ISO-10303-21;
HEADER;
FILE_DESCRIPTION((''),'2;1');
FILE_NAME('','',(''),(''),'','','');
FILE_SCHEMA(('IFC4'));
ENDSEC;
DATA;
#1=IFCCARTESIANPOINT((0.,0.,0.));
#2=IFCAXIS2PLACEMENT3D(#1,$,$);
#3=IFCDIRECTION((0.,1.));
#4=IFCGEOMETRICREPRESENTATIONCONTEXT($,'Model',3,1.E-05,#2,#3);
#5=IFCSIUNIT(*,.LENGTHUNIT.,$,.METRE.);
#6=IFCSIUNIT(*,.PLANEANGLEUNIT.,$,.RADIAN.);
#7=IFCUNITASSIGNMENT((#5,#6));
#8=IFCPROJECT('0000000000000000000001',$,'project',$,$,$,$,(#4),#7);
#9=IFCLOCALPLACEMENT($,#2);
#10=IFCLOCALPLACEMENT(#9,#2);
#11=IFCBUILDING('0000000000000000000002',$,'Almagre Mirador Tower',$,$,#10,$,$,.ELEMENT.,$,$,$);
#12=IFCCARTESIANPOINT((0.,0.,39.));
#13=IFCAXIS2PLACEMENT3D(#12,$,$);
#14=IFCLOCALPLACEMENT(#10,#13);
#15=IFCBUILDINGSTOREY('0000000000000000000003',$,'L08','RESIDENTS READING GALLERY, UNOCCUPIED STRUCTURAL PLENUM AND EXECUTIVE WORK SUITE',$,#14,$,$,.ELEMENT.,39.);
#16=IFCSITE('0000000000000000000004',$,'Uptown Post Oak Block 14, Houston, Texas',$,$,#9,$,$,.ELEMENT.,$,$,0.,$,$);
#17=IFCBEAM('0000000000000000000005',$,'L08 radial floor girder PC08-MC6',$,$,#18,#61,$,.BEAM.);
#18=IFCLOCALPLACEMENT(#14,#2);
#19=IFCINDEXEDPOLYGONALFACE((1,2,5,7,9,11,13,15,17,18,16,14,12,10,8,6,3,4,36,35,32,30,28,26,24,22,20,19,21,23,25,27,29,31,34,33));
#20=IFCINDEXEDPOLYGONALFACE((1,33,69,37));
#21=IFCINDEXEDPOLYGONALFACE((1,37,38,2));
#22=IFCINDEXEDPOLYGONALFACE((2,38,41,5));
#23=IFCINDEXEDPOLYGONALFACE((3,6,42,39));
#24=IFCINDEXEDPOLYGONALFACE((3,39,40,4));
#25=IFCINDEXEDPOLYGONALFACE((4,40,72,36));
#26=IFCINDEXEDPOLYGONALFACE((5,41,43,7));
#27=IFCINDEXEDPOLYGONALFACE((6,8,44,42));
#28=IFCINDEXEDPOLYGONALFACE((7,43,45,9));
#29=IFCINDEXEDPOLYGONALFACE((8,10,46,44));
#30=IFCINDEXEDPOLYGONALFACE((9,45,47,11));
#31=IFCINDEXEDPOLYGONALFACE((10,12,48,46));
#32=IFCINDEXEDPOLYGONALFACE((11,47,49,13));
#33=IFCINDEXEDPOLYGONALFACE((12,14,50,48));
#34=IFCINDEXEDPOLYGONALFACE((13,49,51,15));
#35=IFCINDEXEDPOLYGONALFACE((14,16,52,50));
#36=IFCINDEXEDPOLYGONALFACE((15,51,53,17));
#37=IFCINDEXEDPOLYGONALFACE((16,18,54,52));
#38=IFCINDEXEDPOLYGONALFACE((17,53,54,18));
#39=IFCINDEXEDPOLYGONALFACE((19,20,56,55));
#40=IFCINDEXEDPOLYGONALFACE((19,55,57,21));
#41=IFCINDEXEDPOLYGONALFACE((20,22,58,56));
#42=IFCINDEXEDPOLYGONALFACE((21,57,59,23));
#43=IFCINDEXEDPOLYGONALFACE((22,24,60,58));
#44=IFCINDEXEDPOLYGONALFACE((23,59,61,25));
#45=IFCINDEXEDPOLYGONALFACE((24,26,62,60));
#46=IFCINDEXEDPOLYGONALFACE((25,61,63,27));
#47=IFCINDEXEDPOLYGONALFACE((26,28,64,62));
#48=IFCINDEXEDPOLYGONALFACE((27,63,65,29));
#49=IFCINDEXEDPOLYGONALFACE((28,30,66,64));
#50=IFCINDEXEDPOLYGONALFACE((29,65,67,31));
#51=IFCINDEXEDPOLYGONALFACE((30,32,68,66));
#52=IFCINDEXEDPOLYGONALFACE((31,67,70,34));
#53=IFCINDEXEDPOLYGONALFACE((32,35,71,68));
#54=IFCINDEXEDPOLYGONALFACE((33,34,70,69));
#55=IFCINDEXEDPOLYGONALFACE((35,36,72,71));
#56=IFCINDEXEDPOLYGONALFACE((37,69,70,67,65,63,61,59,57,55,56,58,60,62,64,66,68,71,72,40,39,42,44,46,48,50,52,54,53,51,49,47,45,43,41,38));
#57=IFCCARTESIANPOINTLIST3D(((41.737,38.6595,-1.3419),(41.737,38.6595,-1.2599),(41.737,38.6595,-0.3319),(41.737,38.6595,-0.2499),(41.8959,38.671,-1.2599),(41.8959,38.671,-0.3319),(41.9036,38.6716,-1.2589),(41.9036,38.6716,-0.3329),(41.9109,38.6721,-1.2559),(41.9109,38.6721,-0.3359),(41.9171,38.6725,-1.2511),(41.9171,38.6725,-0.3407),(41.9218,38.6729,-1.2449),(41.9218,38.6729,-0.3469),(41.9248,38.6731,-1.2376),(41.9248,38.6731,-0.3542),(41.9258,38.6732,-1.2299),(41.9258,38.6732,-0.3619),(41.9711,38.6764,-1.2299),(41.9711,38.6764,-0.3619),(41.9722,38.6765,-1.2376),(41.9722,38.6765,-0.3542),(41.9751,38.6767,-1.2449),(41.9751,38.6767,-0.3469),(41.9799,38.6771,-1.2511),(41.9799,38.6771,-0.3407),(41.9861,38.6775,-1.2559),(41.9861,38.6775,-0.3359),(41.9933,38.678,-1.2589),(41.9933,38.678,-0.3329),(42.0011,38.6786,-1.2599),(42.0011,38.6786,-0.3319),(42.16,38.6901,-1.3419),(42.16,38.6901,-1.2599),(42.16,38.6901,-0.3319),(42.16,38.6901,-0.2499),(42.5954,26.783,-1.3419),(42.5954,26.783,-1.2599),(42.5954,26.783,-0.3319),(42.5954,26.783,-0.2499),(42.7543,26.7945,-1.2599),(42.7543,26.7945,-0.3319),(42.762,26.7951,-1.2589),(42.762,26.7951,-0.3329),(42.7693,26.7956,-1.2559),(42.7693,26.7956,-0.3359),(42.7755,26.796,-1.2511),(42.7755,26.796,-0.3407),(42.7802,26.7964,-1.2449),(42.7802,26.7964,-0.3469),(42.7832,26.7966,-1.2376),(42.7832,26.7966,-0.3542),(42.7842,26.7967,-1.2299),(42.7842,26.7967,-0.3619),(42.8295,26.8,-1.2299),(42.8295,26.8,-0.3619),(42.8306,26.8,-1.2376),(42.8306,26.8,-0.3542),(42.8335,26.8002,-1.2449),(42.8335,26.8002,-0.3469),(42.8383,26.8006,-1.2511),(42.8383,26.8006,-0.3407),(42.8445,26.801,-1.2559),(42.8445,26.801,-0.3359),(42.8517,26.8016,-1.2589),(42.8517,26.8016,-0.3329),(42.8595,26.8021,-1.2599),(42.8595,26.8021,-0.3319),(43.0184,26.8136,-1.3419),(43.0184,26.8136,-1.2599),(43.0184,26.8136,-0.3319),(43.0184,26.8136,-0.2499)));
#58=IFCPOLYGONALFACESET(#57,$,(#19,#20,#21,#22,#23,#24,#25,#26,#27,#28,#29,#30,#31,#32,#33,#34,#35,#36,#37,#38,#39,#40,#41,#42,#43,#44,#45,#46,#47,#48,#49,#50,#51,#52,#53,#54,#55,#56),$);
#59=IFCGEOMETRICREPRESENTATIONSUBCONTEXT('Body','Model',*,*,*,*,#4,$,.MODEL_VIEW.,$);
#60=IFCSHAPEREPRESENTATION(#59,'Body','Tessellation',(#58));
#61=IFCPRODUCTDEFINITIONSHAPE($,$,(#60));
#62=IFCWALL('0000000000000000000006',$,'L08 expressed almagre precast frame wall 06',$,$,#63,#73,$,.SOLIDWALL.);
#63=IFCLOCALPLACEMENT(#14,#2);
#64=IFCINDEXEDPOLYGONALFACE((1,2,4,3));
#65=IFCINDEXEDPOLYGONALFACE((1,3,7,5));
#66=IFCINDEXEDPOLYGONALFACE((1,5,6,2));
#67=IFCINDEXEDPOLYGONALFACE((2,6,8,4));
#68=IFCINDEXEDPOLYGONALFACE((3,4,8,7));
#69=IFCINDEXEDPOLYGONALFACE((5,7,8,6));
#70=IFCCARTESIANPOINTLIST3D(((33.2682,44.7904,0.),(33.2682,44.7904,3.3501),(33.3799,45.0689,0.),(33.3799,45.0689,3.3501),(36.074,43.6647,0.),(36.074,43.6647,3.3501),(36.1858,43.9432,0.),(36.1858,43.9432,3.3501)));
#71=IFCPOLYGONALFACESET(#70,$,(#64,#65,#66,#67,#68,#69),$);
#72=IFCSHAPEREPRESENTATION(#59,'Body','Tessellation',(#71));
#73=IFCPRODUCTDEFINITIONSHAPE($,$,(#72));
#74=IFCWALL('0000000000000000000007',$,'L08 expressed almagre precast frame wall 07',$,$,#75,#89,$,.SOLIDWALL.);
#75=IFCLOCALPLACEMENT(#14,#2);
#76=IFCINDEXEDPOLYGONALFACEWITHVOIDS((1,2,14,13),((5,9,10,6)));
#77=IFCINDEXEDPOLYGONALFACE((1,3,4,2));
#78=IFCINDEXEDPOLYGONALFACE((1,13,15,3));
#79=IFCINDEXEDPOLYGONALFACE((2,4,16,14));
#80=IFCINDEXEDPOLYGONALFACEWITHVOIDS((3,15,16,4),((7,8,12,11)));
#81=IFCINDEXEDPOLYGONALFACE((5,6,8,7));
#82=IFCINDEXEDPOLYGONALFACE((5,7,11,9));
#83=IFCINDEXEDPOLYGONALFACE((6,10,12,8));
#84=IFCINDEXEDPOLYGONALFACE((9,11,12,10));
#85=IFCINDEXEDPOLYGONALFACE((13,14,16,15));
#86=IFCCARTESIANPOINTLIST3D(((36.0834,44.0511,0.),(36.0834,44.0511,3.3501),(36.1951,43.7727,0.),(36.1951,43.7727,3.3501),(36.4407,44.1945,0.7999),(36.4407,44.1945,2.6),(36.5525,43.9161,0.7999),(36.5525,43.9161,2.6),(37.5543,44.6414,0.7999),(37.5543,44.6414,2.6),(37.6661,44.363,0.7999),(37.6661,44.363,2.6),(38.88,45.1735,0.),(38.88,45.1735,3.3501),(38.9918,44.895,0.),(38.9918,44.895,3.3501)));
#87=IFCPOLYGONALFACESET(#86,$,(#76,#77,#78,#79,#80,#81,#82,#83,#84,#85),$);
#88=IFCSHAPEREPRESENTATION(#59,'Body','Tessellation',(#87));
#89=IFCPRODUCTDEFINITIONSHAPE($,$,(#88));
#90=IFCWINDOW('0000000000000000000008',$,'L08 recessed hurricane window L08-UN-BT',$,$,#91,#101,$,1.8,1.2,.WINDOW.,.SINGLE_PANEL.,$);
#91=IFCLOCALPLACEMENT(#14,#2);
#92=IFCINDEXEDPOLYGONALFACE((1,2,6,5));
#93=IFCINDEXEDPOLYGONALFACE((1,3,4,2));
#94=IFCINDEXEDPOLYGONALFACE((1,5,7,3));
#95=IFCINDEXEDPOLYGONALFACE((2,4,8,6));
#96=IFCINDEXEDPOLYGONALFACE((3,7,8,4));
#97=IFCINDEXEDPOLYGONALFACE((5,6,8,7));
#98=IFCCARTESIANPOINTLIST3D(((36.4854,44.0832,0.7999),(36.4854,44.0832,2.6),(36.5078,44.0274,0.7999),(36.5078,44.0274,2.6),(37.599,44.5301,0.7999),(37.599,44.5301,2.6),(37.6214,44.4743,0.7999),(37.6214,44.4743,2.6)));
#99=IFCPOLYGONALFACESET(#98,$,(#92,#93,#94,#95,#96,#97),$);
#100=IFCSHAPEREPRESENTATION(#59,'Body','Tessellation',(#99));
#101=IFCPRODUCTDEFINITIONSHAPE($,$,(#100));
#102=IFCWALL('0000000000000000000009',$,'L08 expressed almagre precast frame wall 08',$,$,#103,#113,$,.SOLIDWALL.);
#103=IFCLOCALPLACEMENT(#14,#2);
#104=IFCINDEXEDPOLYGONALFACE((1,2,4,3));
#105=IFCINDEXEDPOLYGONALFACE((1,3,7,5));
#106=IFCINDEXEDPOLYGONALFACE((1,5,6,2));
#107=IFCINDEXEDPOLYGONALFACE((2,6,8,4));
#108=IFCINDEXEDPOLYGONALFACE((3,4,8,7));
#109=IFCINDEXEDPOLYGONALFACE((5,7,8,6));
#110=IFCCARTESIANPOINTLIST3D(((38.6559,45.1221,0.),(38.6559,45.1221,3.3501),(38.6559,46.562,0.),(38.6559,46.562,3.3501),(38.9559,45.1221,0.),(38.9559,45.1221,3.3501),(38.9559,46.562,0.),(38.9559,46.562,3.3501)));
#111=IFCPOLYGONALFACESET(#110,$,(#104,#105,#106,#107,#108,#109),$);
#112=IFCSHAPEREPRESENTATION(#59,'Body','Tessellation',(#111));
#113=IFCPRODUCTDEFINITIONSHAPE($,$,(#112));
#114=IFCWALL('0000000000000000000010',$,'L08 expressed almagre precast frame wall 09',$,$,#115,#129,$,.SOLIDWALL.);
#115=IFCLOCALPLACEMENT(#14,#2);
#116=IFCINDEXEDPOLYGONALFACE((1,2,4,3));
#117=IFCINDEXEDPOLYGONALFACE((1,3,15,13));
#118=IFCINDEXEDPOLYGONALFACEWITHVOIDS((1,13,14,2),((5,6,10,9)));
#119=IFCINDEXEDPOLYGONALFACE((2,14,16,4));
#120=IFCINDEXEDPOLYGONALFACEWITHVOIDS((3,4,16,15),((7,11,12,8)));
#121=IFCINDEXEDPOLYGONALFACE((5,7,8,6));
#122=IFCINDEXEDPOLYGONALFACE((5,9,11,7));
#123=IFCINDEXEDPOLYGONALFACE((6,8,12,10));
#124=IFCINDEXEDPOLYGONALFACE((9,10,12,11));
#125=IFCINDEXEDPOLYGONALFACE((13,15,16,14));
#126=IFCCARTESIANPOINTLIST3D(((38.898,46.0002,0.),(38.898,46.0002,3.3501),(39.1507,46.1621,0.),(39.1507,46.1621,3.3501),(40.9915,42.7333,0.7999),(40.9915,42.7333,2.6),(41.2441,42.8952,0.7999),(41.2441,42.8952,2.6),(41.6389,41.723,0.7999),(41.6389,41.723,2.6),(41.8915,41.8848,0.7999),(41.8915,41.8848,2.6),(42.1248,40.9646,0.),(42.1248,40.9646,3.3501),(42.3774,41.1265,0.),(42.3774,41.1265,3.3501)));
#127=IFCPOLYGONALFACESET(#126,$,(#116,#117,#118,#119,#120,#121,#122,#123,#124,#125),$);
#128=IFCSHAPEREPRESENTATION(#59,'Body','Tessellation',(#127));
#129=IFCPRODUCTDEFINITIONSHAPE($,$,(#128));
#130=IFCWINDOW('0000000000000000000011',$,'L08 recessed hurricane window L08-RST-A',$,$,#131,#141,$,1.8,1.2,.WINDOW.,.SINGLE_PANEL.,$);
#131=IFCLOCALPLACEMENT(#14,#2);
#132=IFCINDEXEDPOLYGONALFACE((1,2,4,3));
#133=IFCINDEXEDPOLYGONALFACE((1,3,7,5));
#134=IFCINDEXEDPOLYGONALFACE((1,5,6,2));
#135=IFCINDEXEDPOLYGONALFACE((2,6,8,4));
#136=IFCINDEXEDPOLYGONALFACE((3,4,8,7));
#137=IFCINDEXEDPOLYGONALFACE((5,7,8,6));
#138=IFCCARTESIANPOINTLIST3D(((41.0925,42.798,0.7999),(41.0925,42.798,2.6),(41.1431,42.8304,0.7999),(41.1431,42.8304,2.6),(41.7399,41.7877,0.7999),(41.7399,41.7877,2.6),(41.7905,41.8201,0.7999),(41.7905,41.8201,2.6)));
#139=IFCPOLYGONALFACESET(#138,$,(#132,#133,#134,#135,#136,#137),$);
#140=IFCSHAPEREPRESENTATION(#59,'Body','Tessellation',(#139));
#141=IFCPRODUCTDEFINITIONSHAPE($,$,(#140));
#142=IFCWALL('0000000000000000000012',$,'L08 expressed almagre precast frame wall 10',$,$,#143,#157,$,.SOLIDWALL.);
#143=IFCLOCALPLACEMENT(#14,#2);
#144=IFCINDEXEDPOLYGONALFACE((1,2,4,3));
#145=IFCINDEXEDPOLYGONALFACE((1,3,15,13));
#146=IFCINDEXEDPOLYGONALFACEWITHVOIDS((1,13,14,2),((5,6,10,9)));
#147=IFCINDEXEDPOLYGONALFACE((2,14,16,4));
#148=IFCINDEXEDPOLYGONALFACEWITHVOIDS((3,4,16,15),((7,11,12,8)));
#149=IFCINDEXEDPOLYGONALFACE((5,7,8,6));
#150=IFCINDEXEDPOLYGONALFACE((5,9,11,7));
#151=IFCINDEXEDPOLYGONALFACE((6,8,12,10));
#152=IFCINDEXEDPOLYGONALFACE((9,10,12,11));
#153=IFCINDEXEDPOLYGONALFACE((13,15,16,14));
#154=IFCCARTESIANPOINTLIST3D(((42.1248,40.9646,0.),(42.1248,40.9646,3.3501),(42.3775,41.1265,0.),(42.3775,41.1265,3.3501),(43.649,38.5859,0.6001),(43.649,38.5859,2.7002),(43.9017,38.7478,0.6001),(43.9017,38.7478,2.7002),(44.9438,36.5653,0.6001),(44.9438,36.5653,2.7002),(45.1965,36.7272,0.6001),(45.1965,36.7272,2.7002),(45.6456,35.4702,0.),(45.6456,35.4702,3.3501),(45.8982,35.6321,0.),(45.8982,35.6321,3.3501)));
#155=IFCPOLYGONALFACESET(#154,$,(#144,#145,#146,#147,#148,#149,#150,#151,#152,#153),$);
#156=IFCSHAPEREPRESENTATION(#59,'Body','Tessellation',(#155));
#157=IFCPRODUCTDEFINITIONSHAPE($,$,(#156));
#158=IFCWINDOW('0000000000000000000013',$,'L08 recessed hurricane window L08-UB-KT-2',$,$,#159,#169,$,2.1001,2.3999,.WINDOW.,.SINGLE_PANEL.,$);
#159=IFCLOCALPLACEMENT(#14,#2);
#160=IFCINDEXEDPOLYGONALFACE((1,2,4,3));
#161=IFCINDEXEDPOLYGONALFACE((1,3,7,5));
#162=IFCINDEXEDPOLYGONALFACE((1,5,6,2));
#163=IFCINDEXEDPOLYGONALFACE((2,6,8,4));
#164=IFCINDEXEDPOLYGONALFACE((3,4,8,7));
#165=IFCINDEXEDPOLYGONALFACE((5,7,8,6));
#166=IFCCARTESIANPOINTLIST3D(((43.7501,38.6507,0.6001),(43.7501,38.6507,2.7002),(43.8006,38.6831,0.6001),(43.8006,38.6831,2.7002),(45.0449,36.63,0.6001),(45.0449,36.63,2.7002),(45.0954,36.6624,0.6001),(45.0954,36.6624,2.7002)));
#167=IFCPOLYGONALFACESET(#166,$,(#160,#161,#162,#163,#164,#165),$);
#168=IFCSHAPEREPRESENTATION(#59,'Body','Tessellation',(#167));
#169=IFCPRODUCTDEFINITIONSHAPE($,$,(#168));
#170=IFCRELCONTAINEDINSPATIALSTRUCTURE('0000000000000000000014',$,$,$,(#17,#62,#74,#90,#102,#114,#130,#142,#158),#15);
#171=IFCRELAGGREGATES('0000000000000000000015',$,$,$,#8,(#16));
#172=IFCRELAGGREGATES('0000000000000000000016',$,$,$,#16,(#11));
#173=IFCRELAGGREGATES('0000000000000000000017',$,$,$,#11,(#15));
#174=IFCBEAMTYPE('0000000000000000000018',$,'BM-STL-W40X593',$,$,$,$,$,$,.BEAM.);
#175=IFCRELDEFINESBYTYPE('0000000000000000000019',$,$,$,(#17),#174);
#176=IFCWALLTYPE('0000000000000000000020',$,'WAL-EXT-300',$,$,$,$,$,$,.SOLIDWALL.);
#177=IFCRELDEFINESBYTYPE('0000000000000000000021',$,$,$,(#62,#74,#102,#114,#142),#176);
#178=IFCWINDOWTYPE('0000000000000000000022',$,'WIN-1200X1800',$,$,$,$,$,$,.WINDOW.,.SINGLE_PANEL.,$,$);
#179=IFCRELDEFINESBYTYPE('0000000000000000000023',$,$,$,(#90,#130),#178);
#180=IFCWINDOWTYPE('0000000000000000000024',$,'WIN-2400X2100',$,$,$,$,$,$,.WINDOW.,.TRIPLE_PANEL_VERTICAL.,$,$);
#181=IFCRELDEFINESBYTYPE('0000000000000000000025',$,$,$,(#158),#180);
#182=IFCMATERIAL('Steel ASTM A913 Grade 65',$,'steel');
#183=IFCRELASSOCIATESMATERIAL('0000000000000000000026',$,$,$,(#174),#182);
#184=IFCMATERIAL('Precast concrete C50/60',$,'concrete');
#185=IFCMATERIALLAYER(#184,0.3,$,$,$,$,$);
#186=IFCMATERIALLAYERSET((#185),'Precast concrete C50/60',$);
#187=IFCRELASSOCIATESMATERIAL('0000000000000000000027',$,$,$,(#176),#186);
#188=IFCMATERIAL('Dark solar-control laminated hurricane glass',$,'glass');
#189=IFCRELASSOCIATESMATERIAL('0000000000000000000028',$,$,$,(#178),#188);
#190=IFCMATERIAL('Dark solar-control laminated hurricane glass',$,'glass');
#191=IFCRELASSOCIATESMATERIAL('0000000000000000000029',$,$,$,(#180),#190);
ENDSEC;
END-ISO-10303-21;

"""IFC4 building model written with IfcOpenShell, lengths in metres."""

from ifc_helpers import new_model, si_unit, direction, frame, frame_2d, origin, origin_2d, place, context, subcontext, project, spatial, rectangle, i_section, extrude, material, layer, layer_set, material_profile, profile_set, type_object, element, fill, save


model = new_model("IFC4")

# Units and contexts
model_context = context("Model", 3, precision=1e-05, world=origin(), true_north=direction((0.0, 1.0)))
body_context = subcontext(model_context, "Body", "Model", "MODEL_VIEW")
ifc_project = project(units=[si_unit("LENGTHUNIT", "METRE"), si_unit("PLANEANGLEUNIT", "RADIAN")], contexts=[model_context])

# Site, building, storey
site_placement = place(None, origin())
site = spatial("IfcSite", under=ifc_project, at=site_placement, Name="Uptown Post Oak Block 14, Houston, Texas", CompositionType="ELEMENT", RefElevation=0.0)
building_placement = place(site_placement, origin())
building = spatial("IfcBuilding", under=site, at=building_placement, Name="Almagre Mirador Tower", CompositionType="ELEMENT")
storey_placement = place(building_placement, frame((0.0, 0.0, 39.0)))
storey = spatial("IfcBuildingStorey", under=building, at=storey_placement, Name="L08", Description="RESIDENTS READING GALLERY, UNOCCUPIED STRUCTURAL PLENUM AND EXECUTIVE WORK SUITE", CompositionType="ELEMENT", Elevation=39.0)

# Beam
ifc_material_1 = material(Name="Steel ASTM A913 Grade 65", Category="steel")
ifc_material_profile_1 = material_profile(ifc_material_1, i_section(OverallWidth=0.4241, OverallDepth=1.092, WebThickness=0.0454, FlangeThickness=0.082, FilletRadius=0.03, at=origin_2d()), Name="W40X593")
ifc_profile_set_1 = profile_set([ifc_material_profile_1], Name="Steel ASTM A913 Grade 65")
beam_type_1 = type_object("IfcBeamType", Name="BM-STL-W40X593", PredefinedType="BEAM", material=ifc_profile_set_1)
beam_1_placement = place(storey_placement, frame((41.9485, 38.6748, -0.7959), z_axis=(0.072089, -0.997398, 0.0), x_axis=(0.997398, 0.072089, 0.0)))
element("IfcBeam", 1, at=beam_1_placement, inside=storey, type_object=beam_type_1, Name="L08 radial floor girder PC08-MC6", PredefinedType="BEAM", context=body_context, shape_type="SweptSolid", body=[
    extrude(i_section(OverallWidth=0.4241, OverallDepth=1.092, WebThickness=0.0454, FlangeThickness=0.082, FilletRadius=0.03, at=origin_2d()), origin(), (0.0, 0.0, 1.0), 11.9075),
])

# Wall
ifc_material_2 = material(Name="Precast concrete C50/60", Category="concrete")
ifc_layer_1 = layer(ifc_material_2, 0.3)
ifc_layer_set_1 = layer_set([ifc_layer_1], Name="Precast concrete C50/60")
wall_type_1 = type_object("IfcWallType", Name="WAL-EXT-300", PredefinedType="SOLIDWALL", material=ifc_layer_set_1)
wall_1_placement = place(storey_placement, frame((33.324, 44.9297, 0.0), z_axis=(0.0, 0.0, 1.0), x_axis=(0.928092, -0.372351, 0.0)))
element("IfcWall", 2, at=wall_1_placement, inside=storey, type_object=wall_type_1, Name="L08 expressed almagre precast frame wall 06", PredefinedType="SOLIDWALL", context=body_context, shape_type="SweptSolid", body=[
    extrude(rectangle(XDim=3.0232, YDim=0.3, at=frame_2d((1.5117, 0.0))), origin(), (0.0, 0.0, 1.0), 3.3501),
])

# Wall, opening, window
wall_2_placement = place(storey_placement, frame((36.1392, 43.9119, 0.0), z_axis=(0.0, 0.0, 1.0), x_axis=(0.928057, 0.372438, 0.0)))
wall_2 = element("IfcWall", 3, at=wall_2_placement, inside=storey, type_object=wall_type_1, Name="L08 expressed almagre precast frame wall 07", PredefinedType="SOLIDWALL", context=body_context, shape_type="SweptSolid", body=[
    extrude(rectangle(XDim=3.0134, YDim=0.3, at=frame_2d((1.5068, 0.0))), origin(), (0.0, 0.0, 1.0), 3.3501),
])
opening_1_placement = place(wall_2_placement, frame((0.385, 0.0, 0.8)))
opening_1 = element("IfcOpeningElement", 4, at=opening_1_placement, cuts=wall_2, PredefinedType="OPENING", context=body_context, shape_type="SweptSolid", body=[
    extrude(rectangle(XDim=1.2, YDim=1.8, at=frame_2d((0.6001, 0.8999))), frame((0.0, 0.1599, 0.0), z_axis=(0.0, -1.0, 0.0), x_axis=(1.0, 0.0, 0.0)), (0.0, 0.0, 1.0), 0.32),
])
ifc_material_3 = material(Name="Dark solar-control laminated hurricane glass", Category="glass")
window_type_1 = type_object("IfcWindowType", Name="WIN-1200X1800", PartitioningType="SINGLE_PANEL", PredefinedType="WINDOW", material=ifc_material_3)
window_1_placement = place(opening_1_placement, origin())
window_1 = element("IfcWindow", 5, at=window_1_placement, inside=storey, type_object=window_type_1, Name="L08 recessed hurricane window L08-UN-BT", OverallHeight=1.8, OverallWidth=1.2, PartitioningType="SINGLE_PANEL", PredefinedType="WINDOW", context=body_context, shape_type="SweptSolid", body=[
    extrude(rectangle(XDim=1.2, YDim=1.8, at=frame_2d((0.6001, 0.8999))), frame((0.0, 0.03, 0.0), z_axis=(0.0, -1.0, 0.0), x_axis=(1.0, 0.0, 0.0)), (0.0, 0.0, 1.0), 0.0601),
])
fill(opening_1, window_1)

# Wall
wall_3_placement = place(storey_placement, frame((38.8059, 45.1221, 0.0), z_axis=(0.0, 0.0, 1.0), x_axis=(0.0, 1.0, 0.0)))
element("IfcWall", 6, at=wall_3_placement, inside=storey, type_object=wall_type_1, Name="L08 expressed almagre precast frame wall 08", PredefinedType="SOLIDWALL", context=body_context, shape_type="SweptSolid", body=[
    extrude(rectangle(XDim=1.4399, YDim=0.3, at=frame_2d((0.72, 0.0))), origin(), (0.0, 0.0, 1.0), 3.3501),
])

# Walls, openings, windows
wall_4_placement = place(storey_placement, frame((39.0244, 46.0811, 0.0), z_axis=(0.0, 0.0, 1.0), x_axis=(0.539527, -0.841968, 0.0)))
wall_4 = element("IfcWall", 7, at=wall_4_placement, inside=storey, type_object=wall_type_1, Name="L08 expressed almagre precast frame wall 09", PredefinedType="SOLIDWALL", context=body_context, shape_type="SweptSolid", body=[
    extrude(rectangle(XDim=5.9807, YDim=0.3, at=frame_2d((2.9902, 0.0))), origin(), (0.0, 0.0, 1.0), 3.3501),
])
opening_2_placement = place(wall_4_placement, frame((3.8799, 0.0, 0.8)))
opening_2 = element("IfcOpeningElement", 8, at=opening_2_placement, cuts=wall_4, PredefinedType="OPENING", context=body_context, shape_type="SweptSolid", body=[
    extrude(rectangle(XDim=1.2, YDim=1.8, at=frame_2d((0.6001, 0.8999))), frame((0.0, 0.1599, 0.0), z_axis=(0.0, -1.0, 0.0), x_axis=(1.0, 0.0, 0.0)), (0.0, 0.0, 1.0), 0.32),
])
window_2_placement = place(opening_2_placement, origin())
window_2 = element("IfcWindow", 9, at=window_2_placement, inside=storey, type_object=window_type_1, Name="L08 recessed hurricane window L08-RST-A", OverallHeight=1.8, OverallWidth=1.2, PartitioningType="SINGLE_PANEL", PredefinedType="WINDOW", context=body_context, shape_type="SweptSolid", body=[
    extrude(rectangle(XDim=1.2, YDim=1.8, at=frame_2d((0.6001, 0.8999))), frame((0.0, 0.03, 0.0), z_axis=(0.0, -1.0, 0.0), x_axis=(1.0, 0.0, 0.0)), (0.0, 0.0, 1.0), 0.0601),
])
fill(opening_2, window_2)
wall_5_placement = place(storey_placement, frame((42.2512, 41.0454, 0.0), z_axis=(0.0, 0.0, 1.0), x_axis=(0.539526, -0.841969, 0.0)))
wall_5 = element("IfcWall", 10, at=wall_5_placement, inside=storey, type_object=wall_type_1, Name="L08 expressed almagre precast frame wall 10", PredefinedType="SOLIDWALL", context=body_context, shape_type="SweptSolid", body=[
    extrude(rectangle(XDim=6.5256, YDim=0.3, at=frame_2d((3.2627, 0.0))), origin(), (0.0, 0.0, 1.0), 3.3501),
])
opening_3_placement = place(wall_5_placement, frame((2.825, 0.0, 0.6001)))
opening_3 = element("IfcOpeningElement", 11, at=opening_3_placement, cuts=wall_5, PredefinedType="OPENING", context=body_context, shape_type="SweptSolid", body=[
    extrude(rectangle(XDim=2.3999, YDim=2.1001, at=frame_2d((1.2, 1.05))), frame((0.0, 0.1599, 0.0), z_axis=(0.0, -1.0, 0.0), x_axis=(1.0, 0.0, 0.0)), (0.0, 0.0, 1.0), 0.32),
])
ifc_material_4 = material(Name="Dark solar-control laminated hurricane glass", Category="glass")
window_type_2 = type_object("IfcWindowType", Name="WIN-2400X2100", PartitioningType="TRIPLE_PANEL_VERTICAL", PredefinedType="WINDOW", material=ifc_material_4)
window_3_placement = place(opening_3_placement, origin())
window_3 = element("IfcWindow", 12, at=window_3_placement, inside=storey, type_object=window_type_2, Name="L08 recessed hurricane window L08-UB-KT-2", OverallHeight=2.1001, OverallWidth=2.3999, PartitioningType="SINGLE_PANEL", PredefinedType="WINDOW", context=body_context, shape_type="SweptSolid", body=[
    extrude(rectangle(XDim=2.3999, YDim=2.1001, at=frame_2d((1.2, 1.05))), frame((0.0, 0.03, 0.0), z_axis=(0.0, -1.0, 0.0), x_axis=(1.0, 0.0, 0.0)), (0.0, 0.0, 1.0), 0.0601),
])
fill(opening_3, window_3)

save(model, "model.ifc")
